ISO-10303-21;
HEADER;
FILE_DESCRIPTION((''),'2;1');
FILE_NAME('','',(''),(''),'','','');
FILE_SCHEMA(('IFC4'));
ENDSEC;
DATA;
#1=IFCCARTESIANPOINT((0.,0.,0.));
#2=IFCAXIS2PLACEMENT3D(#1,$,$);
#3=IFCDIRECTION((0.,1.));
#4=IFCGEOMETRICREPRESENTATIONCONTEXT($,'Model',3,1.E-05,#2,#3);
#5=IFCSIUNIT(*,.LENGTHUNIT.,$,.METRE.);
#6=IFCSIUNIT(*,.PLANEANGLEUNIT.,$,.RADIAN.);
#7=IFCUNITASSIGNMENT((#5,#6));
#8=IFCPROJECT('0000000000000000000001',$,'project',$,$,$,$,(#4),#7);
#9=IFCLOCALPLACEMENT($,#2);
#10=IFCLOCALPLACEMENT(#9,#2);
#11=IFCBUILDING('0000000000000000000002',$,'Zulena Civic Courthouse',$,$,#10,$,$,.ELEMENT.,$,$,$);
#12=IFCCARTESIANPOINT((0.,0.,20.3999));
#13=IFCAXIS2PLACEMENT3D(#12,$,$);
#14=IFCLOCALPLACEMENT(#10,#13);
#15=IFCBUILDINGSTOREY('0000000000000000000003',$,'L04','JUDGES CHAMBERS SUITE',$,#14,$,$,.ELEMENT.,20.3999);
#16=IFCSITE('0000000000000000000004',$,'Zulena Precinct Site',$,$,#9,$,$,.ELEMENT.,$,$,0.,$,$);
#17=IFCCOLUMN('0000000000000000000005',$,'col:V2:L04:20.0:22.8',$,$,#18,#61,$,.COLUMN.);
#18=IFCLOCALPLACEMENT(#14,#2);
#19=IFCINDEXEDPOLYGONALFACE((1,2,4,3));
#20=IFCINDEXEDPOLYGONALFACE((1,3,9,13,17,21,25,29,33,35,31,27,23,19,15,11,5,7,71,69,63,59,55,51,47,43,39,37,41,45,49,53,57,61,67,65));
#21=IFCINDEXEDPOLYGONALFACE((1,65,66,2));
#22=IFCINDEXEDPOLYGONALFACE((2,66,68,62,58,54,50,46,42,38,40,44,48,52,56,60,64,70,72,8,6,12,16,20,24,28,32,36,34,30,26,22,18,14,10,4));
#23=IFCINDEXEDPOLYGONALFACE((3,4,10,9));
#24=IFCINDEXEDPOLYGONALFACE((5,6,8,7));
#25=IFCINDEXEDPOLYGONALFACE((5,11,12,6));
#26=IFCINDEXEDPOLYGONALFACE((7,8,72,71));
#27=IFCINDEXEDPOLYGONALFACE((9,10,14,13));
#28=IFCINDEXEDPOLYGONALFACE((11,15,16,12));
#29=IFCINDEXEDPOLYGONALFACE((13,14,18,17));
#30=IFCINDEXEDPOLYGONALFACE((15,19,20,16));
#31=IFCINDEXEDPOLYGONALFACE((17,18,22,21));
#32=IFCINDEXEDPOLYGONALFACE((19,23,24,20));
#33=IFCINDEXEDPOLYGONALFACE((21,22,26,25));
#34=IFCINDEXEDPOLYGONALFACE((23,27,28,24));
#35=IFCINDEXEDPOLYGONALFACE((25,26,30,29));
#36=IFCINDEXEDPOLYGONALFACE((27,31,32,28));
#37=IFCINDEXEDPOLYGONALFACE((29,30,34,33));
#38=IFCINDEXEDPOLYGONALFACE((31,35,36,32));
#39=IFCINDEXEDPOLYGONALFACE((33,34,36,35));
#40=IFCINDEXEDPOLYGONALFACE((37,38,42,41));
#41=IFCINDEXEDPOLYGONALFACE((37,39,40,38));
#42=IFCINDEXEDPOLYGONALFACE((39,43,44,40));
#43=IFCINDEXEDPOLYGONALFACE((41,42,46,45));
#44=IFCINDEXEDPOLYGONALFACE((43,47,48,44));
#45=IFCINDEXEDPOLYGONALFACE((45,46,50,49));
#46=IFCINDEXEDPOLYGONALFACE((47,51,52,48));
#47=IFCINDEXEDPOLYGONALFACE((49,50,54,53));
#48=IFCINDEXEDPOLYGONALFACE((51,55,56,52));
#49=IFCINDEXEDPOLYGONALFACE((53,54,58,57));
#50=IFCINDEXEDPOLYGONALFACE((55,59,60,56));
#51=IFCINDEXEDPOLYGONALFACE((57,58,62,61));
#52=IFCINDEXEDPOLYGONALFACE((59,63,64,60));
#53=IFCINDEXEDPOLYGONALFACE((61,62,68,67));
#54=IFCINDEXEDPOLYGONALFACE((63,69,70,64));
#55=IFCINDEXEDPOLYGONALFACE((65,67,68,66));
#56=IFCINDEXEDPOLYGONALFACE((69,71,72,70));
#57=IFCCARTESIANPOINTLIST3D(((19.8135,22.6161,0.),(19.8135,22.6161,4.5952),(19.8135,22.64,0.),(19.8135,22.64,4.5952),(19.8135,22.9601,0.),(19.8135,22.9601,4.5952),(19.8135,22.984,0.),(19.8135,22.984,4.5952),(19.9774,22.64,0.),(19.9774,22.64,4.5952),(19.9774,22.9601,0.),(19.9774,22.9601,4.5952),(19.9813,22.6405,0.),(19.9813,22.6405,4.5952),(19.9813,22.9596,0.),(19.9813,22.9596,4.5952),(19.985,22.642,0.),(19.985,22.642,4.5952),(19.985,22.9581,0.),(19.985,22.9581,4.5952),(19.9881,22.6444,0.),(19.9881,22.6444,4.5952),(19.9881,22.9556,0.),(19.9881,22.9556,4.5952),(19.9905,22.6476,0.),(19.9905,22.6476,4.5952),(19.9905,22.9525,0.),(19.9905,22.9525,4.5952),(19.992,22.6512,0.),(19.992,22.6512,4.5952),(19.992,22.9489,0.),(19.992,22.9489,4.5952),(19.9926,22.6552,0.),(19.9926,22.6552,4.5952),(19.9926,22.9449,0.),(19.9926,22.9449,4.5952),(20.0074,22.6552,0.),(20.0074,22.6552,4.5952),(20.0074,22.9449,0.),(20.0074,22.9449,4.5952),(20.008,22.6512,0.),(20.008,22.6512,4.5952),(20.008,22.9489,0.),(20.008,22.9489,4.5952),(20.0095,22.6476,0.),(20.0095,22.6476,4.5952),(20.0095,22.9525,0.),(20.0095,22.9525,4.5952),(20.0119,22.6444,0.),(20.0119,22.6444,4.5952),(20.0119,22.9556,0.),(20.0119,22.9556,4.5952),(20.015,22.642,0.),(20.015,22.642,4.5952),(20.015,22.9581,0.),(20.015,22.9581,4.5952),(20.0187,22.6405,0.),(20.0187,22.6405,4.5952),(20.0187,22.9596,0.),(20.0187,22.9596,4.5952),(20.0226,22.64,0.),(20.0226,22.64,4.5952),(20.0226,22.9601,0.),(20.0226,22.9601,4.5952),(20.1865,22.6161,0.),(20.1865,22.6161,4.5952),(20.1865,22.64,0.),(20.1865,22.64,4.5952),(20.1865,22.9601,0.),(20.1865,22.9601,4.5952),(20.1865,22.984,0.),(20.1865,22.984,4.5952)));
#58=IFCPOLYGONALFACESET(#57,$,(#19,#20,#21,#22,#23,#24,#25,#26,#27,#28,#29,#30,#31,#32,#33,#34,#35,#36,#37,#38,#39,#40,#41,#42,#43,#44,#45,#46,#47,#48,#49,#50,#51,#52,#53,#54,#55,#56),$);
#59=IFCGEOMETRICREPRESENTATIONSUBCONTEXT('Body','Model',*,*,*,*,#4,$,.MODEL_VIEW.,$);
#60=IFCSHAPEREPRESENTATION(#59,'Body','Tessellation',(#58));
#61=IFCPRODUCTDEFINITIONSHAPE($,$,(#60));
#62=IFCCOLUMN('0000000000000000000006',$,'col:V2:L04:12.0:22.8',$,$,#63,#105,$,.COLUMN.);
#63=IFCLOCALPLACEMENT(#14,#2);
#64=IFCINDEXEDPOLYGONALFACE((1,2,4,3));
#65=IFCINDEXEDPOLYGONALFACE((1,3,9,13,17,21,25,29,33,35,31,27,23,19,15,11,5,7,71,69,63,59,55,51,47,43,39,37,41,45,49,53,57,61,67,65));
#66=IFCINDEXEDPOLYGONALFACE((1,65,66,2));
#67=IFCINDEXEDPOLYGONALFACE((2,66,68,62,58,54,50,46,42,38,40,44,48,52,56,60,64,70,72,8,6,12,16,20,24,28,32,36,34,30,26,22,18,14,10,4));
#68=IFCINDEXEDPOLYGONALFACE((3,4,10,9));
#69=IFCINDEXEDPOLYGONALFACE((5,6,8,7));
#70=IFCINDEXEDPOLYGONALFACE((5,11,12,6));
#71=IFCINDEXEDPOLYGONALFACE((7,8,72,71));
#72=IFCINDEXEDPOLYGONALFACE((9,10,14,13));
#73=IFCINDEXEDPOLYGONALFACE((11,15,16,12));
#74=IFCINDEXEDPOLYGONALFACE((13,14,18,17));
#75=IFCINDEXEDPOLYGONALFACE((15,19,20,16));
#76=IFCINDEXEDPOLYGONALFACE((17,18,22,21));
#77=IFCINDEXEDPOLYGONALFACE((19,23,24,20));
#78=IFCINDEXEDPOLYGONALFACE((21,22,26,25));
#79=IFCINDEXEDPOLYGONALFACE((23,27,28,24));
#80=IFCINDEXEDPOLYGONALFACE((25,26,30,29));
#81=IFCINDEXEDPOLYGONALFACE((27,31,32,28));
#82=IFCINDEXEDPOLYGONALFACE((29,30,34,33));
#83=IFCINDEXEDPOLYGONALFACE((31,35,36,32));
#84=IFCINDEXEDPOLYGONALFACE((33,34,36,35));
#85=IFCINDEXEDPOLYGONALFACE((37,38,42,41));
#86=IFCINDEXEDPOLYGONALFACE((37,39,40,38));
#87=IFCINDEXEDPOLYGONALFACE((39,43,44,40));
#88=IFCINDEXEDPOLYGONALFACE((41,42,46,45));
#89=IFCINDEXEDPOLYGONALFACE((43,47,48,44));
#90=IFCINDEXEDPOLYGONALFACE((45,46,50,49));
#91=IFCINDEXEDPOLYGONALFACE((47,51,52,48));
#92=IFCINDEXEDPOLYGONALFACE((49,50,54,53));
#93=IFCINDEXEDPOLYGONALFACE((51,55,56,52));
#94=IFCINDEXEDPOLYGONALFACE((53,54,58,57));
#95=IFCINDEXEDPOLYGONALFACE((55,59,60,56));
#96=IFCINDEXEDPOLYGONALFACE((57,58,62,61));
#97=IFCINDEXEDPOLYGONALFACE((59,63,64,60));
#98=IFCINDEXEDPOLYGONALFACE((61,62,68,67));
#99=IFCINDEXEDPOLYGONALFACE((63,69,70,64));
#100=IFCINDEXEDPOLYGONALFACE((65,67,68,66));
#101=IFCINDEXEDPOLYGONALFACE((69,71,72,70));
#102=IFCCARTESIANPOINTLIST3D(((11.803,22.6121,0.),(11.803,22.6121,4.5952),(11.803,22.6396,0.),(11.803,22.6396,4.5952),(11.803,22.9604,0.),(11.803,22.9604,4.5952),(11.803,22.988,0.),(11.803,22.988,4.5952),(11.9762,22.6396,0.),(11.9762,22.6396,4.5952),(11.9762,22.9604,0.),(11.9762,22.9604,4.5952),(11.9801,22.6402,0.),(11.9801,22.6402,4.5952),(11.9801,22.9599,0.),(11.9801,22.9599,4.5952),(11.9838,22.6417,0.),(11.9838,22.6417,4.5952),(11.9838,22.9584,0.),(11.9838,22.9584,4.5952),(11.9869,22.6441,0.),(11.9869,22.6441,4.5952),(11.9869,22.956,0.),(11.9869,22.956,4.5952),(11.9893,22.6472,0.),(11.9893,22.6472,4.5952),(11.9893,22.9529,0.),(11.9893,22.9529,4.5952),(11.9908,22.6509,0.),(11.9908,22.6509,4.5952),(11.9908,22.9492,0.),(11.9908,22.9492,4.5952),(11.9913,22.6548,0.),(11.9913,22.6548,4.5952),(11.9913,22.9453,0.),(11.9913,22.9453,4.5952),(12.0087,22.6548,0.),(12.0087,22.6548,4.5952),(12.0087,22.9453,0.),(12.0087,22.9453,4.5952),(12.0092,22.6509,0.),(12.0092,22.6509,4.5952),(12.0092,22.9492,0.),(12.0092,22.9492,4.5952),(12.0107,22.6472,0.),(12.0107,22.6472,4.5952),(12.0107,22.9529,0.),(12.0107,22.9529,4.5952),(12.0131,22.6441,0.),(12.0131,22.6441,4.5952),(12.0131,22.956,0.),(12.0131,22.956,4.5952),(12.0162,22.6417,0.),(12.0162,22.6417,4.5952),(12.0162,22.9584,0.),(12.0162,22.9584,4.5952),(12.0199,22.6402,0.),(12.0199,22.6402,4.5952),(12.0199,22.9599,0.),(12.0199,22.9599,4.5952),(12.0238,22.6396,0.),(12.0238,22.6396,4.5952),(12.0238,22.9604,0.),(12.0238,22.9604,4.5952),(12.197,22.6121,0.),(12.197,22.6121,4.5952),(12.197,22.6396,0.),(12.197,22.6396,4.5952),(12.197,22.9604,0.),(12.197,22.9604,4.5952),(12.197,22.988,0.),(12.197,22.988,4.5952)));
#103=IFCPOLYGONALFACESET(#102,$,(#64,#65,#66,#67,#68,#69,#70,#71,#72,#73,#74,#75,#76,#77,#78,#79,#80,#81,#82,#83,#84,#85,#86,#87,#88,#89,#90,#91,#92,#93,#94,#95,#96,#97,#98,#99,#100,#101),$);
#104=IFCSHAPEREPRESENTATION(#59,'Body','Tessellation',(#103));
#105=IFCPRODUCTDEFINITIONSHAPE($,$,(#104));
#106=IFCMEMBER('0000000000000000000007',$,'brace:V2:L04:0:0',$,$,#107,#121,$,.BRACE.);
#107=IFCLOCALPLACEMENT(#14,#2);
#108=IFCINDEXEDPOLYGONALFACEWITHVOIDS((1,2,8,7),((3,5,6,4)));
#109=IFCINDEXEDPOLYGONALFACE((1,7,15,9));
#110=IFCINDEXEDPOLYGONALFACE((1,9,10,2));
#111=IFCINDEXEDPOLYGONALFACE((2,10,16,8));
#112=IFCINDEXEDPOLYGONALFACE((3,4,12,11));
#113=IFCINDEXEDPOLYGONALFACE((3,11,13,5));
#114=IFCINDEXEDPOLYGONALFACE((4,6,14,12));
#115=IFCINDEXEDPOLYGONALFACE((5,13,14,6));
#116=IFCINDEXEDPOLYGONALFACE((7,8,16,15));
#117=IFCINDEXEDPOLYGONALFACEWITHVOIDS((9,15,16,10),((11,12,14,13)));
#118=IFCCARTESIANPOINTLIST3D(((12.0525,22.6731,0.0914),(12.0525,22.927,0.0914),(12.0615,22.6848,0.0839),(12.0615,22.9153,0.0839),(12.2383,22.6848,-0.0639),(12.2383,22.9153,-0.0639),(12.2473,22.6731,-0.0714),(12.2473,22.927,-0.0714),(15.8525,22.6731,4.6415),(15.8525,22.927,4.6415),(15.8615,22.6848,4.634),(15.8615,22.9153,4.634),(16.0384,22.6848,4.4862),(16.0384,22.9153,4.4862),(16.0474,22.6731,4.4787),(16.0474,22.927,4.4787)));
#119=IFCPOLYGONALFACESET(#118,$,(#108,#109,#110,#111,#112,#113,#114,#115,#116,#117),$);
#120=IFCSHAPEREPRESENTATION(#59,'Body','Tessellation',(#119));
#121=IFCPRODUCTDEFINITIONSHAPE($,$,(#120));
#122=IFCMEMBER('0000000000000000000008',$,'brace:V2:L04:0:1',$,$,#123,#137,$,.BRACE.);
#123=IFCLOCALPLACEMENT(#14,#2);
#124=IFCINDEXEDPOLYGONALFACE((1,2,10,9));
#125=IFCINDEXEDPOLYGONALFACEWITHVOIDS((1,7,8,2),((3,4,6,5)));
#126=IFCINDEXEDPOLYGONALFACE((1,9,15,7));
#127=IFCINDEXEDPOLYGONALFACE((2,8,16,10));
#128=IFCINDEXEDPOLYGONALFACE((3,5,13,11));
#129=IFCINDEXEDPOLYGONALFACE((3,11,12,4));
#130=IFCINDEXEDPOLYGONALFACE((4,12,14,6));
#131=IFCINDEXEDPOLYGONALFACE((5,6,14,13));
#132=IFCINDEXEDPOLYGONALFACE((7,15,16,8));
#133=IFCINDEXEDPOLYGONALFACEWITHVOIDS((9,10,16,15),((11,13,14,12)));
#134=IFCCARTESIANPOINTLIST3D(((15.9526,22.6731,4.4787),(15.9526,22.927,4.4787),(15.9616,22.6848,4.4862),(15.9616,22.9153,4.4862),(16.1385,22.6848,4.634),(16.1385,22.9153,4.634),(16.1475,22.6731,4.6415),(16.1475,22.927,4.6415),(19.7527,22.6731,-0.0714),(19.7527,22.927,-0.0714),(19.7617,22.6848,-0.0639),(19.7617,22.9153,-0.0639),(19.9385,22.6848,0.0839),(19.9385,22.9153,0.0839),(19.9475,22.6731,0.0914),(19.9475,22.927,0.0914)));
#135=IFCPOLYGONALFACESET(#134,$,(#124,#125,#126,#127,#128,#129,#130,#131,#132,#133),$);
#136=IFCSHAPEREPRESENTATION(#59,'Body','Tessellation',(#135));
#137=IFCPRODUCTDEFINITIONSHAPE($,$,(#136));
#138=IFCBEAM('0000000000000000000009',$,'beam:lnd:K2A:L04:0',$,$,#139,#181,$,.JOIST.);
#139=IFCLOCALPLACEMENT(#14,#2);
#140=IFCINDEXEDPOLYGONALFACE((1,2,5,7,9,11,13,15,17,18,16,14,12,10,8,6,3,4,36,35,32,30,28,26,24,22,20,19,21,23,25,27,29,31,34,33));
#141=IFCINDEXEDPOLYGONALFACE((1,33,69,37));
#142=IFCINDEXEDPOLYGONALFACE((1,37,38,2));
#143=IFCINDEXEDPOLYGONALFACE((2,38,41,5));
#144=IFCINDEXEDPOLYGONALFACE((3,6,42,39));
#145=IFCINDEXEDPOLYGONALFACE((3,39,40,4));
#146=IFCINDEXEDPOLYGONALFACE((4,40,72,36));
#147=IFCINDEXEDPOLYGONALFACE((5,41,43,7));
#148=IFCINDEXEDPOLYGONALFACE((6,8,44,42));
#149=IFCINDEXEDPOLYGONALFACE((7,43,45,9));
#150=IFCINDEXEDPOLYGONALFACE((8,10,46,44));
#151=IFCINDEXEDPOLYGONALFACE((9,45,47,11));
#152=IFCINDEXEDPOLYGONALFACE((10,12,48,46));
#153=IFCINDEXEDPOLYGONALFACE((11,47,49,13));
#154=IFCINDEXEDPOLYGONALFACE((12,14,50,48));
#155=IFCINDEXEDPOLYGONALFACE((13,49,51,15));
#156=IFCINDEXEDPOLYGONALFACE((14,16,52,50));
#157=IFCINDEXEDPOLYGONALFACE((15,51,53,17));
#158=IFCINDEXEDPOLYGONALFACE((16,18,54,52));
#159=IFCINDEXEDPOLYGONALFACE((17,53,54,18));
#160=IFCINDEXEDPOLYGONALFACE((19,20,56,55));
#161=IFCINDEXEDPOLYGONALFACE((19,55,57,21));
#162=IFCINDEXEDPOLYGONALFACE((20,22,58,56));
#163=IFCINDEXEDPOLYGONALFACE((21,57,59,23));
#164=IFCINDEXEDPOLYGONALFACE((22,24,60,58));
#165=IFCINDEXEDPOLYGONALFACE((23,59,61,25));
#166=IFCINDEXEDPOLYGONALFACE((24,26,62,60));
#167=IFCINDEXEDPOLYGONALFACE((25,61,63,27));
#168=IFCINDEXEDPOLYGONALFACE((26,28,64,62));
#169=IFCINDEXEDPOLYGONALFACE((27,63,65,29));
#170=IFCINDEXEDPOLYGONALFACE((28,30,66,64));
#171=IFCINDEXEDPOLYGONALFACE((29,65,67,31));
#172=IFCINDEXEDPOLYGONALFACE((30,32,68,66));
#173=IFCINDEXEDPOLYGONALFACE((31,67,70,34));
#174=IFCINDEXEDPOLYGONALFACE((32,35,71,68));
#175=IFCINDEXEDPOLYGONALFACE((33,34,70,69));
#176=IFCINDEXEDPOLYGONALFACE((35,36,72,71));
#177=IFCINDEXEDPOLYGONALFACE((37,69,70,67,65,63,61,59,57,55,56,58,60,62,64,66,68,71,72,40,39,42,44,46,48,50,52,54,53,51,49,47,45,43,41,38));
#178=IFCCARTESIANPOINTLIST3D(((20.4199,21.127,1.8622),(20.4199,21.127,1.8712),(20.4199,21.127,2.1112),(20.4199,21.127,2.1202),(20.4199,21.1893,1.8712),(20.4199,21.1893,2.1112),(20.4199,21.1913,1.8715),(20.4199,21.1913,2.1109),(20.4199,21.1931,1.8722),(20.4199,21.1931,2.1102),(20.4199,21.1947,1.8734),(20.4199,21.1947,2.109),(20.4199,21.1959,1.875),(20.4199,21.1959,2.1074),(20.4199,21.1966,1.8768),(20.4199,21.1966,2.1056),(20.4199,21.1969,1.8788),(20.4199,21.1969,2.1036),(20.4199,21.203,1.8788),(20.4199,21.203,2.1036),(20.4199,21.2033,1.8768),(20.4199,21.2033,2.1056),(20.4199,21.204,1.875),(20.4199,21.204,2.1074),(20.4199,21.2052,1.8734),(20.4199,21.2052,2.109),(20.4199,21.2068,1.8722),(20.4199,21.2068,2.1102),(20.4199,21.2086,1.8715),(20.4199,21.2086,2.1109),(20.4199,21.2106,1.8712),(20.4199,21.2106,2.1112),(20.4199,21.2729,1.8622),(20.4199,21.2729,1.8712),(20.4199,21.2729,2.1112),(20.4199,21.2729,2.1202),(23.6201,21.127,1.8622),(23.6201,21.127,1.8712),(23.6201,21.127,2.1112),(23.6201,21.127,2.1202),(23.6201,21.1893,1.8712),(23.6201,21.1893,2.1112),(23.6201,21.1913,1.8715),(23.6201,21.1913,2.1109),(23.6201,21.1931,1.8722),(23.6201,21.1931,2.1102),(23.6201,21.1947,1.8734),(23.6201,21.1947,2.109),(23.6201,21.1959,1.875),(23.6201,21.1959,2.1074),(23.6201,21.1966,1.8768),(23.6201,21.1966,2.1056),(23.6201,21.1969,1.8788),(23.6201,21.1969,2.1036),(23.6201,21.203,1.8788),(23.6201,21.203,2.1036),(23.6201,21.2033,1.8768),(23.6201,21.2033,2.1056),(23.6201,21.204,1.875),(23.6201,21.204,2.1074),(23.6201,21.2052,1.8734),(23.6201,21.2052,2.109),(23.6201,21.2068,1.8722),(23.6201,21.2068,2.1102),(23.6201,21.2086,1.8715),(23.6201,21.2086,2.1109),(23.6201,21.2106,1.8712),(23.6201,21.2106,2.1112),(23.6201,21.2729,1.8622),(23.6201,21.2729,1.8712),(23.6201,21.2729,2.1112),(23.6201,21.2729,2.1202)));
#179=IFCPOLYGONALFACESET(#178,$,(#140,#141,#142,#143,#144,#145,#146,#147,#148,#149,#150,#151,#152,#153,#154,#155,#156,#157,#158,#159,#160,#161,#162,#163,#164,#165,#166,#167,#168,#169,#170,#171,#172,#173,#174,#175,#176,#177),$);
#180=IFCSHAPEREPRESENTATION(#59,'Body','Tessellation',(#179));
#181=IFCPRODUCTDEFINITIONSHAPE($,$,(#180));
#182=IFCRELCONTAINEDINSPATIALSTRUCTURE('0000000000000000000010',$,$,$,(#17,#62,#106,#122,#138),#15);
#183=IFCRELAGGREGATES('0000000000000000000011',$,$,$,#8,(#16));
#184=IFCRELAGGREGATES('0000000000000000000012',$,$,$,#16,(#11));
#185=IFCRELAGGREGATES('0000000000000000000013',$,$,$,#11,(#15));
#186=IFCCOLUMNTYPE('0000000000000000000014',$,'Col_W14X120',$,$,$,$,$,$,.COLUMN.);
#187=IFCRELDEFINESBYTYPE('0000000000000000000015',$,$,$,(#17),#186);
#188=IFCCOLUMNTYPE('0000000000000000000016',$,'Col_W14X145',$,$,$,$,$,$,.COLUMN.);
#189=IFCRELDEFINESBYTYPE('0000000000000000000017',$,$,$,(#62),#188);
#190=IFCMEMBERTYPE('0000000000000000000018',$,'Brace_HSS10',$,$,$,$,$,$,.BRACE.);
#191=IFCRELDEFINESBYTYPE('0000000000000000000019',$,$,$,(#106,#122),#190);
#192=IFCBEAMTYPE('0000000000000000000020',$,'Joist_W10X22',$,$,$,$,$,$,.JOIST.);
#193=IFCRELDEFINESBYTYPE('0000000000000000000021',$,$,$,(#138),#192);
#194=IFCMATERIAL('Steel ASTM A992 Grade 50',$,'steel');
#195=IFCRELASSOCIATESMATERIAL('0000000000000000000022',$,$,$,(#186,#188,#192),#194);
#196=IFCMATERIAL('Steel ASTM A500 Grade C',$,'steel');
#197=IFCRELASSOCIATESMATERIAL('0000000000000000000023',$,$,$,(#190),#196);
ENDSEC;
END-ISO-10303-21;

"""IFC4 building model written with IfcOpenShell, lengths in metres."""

from ifc_helpers import new_model, si_unit, direction, frame, origin, origin_2d, place, context, subcontext, project, spatial, hollow_rectangle, i_section, extrude, material, material_profile, profile_set, type_object, element, save


model = new_model("IFC4")

# Units and contexts
model_context = context("Model", 3, precision=1e-05, world=origin(), true_north=direction((0.0, 1.0)))
body_context = subcontext(model_context, "Body", "Model", "MODEL_VIEW")
ifc_project = project(units=[si_unit("LENGTHUNIT", "METRE"), si_unit("PLANEANGLEUNIT", "RADIAN")], contexts=[model_context])

# Site, building, storey
site_placement = place(None, origin())
site = spatial("IfcSite", under=ifc_project, at=site_placement, Name="Zulena Precinct Site", CompositionType="ELEMENT", RefElevation=0.0)
building_placement = place(site_placement, origin())
building = spatial("IfcBuilding", under=site, at=building_placement, Name="Zulena Civic Courthouse", CompositionType="ELEMENT")
storey_placement = place(building_placement, frame((0.0, 0.0, 20.3999)))
storey = spatial("IfcBuildingStorey", under=building, at=storey_placement, Name="L04", Description="JUDGES CHAMBERS SUITE", CompositionType="ELEMENT", Elevation=20.3999)

# Columns
ifc_material_1 = material(Name="Steel ASTM A992 Grade 50", Category="steel")
ifc_material_profile_1 = material_profile(ifc_material_1, i_section(OverallWidth=0.373, OverallDepth=0.3679, WebThickness=0.0149, FlangeThickness=0.0239, FilletRadius=0.0151, at=origin_2d()), Name="W14X120")
ifc_profile_set_1 = profile_set([ifc_material_profile_1], Name="Steel ASTM A992 Grade 50")
column_type_1 = type_object("IfcColumnType", Name="Col_W14X120", PredefinedType="COLUMN", material=ifc_profile_set_1)
column_1_placement = place(storey_placement, frame((20.0, 22.8, 0.0), z_axis=(0.0, 0.0, 1.0), x_axis=(1.0, 0.0, 0.0)))
element("IfcColumn", 1, at=column_1_placement, inside=storey, type_object=column_type_1, Name="col:V2:L04:20.0:22.8", PredefinedType="COLUMN", context=body_context, shape_type="SweptSolid", body=[
    extrude(i_section(OverallWidth=0.373, OverallDepth=0.3679, WebThickness=0.0149, FlangeThickness=0.0239, FilletRadius=0.0151, at=origin_2d()), origin(), (0.0, 0.0, 1.0), 4.5952),
])
ifc_material_profile_2 = material_profile(ifc_material_1, i_section(OverallWidth=0.394, OverallDepth=0.376, WebThickness=0.0173, FlangeThickness=0.0276, FilletRadius=0.0151, at=origin_2d()), Name="W14X145")
ifc_profile_set_2 = profile_set([ifc_material_profile_2], Name="Steel ASTM A992 Grade 50")
column_type_2 = type_object("IfcColumnType", Name="Col_W14X145", PredefinedType="COLUMN", material=ifc_profile_set_2)
column_2_placement = place(storey_placement, frame((12.0, 22.8, 0.0), z_axis=(0.0, 0.0, 1.0), x_axis=(1.0, 0.0, 0.0)))
element("IfcColumn", 2, at=column_2_placement, inside=storey, type_object=column_type_2, Name="col:V2:L04:12.0:22.8", PredefinedType="COLUMN", context=body_context, shape_type="SweptSolid", body=[
    extrude(i_section(OverallWidth=0.394, OverallDepth=0.376, WebThickness=0.0173, FlangeThickness=0.0276, FilletRadius=0.0151, at=origin_2d()), origin(), (0.0, 0.0, 1.0), 4.5952),
])

# Members
ifc_material_2 = material(Name="Steel ASTM A500 Grade C", Category="steel")
ifc_material_profile_3 = material_profile(ifc_material_2, hollow_rectangle(XDim=0.2539, YDim=0.2539, WallThickness=0.0117, at=origin_2d()), Name="HSS10X10X1/2")
ifc_profile_set_3 = profile_set([ifc_material_profile_3], Name="Steel ASTM A500 Grade C")
member_type = type_object("IfcMemberType", Name="Brace_HSS10", PredefinedType="BRACE", material=ifc_profile_set_3)
for number, where, z_axis, x_axis, name in (
    (3, (12.1499, 22.8, 0.01), (0.641014, 0.0, 0.767529), (0.0, 1.0, 0.0), "brace:V2:L04:0:0"),
    (4, (19.8501, 22.8, 0.01), (-0.641014, 0.0, 0.767529), (0.0, -1.0, 0.0), "brace:V2:L04:0:1"),
):
    element("IfcMember", number, at=place(storey_placement, frame(where, z_axis=z_axis, x_axis=x_axis)), inside=storey, type_object=member_type, Name=name, PredefinedType="BRACE", context=body_context, shape_type="SweptSolid", body=[
        extrude(hollow_rectangle(XDim=0.2539, YDim=0.2539, WallThickness=0.0117, at=origin_2d()), origin(), (0.0, 0.0, 1.0), 5.9282),
    ])

# Beam
ifc_material_profile_4 = material_profile(ifc_material_1, i_section(OverallWidth=0.146, OverallDepth=0.2581, WebThickness=0.0061, FlangeThickness=0.009, FilletRadius=0.0076, at=origin_2d()), Name="W10X22")
ifc_profile_set_4 = profile_set([ifc_material_profile_4], Name="Steel ASTM A992 Grade 50")
beam_type_1 = type_object("IfcBeamType", Name="Joist_W10X22", PredefinedType="JOIST", material=ifc_profile_set_4)
for number, where, z_axis, x_axis, name in (
    (5, (20.4199, 21.2, 1.9912), (1.0, 0.0, 0.0), (0.0, 1.0, 0.0), "beam:lnd:K2A:L04:0"),
):
    element("IfcBeam", number, at=place(storey_placement, frame(where, z_axis=z_axis, x_axis=x_axis)), inside=storey, type_object=beam_type_1, Name=name, PredefinedType="JOIST", context=body_context, shape_type="SweptSolid", body=[
        extrude(i_section(OverallWidth=0.146, OverallDepth=0.2581, WebThickness=0.0061, FlangeThickness=0.009, FilletRadius=0.0076, at=origin_2d()), origin(), (0.0, 0.0, 1.0), 3.2002),
    ])

save(model, "model.ifc")
